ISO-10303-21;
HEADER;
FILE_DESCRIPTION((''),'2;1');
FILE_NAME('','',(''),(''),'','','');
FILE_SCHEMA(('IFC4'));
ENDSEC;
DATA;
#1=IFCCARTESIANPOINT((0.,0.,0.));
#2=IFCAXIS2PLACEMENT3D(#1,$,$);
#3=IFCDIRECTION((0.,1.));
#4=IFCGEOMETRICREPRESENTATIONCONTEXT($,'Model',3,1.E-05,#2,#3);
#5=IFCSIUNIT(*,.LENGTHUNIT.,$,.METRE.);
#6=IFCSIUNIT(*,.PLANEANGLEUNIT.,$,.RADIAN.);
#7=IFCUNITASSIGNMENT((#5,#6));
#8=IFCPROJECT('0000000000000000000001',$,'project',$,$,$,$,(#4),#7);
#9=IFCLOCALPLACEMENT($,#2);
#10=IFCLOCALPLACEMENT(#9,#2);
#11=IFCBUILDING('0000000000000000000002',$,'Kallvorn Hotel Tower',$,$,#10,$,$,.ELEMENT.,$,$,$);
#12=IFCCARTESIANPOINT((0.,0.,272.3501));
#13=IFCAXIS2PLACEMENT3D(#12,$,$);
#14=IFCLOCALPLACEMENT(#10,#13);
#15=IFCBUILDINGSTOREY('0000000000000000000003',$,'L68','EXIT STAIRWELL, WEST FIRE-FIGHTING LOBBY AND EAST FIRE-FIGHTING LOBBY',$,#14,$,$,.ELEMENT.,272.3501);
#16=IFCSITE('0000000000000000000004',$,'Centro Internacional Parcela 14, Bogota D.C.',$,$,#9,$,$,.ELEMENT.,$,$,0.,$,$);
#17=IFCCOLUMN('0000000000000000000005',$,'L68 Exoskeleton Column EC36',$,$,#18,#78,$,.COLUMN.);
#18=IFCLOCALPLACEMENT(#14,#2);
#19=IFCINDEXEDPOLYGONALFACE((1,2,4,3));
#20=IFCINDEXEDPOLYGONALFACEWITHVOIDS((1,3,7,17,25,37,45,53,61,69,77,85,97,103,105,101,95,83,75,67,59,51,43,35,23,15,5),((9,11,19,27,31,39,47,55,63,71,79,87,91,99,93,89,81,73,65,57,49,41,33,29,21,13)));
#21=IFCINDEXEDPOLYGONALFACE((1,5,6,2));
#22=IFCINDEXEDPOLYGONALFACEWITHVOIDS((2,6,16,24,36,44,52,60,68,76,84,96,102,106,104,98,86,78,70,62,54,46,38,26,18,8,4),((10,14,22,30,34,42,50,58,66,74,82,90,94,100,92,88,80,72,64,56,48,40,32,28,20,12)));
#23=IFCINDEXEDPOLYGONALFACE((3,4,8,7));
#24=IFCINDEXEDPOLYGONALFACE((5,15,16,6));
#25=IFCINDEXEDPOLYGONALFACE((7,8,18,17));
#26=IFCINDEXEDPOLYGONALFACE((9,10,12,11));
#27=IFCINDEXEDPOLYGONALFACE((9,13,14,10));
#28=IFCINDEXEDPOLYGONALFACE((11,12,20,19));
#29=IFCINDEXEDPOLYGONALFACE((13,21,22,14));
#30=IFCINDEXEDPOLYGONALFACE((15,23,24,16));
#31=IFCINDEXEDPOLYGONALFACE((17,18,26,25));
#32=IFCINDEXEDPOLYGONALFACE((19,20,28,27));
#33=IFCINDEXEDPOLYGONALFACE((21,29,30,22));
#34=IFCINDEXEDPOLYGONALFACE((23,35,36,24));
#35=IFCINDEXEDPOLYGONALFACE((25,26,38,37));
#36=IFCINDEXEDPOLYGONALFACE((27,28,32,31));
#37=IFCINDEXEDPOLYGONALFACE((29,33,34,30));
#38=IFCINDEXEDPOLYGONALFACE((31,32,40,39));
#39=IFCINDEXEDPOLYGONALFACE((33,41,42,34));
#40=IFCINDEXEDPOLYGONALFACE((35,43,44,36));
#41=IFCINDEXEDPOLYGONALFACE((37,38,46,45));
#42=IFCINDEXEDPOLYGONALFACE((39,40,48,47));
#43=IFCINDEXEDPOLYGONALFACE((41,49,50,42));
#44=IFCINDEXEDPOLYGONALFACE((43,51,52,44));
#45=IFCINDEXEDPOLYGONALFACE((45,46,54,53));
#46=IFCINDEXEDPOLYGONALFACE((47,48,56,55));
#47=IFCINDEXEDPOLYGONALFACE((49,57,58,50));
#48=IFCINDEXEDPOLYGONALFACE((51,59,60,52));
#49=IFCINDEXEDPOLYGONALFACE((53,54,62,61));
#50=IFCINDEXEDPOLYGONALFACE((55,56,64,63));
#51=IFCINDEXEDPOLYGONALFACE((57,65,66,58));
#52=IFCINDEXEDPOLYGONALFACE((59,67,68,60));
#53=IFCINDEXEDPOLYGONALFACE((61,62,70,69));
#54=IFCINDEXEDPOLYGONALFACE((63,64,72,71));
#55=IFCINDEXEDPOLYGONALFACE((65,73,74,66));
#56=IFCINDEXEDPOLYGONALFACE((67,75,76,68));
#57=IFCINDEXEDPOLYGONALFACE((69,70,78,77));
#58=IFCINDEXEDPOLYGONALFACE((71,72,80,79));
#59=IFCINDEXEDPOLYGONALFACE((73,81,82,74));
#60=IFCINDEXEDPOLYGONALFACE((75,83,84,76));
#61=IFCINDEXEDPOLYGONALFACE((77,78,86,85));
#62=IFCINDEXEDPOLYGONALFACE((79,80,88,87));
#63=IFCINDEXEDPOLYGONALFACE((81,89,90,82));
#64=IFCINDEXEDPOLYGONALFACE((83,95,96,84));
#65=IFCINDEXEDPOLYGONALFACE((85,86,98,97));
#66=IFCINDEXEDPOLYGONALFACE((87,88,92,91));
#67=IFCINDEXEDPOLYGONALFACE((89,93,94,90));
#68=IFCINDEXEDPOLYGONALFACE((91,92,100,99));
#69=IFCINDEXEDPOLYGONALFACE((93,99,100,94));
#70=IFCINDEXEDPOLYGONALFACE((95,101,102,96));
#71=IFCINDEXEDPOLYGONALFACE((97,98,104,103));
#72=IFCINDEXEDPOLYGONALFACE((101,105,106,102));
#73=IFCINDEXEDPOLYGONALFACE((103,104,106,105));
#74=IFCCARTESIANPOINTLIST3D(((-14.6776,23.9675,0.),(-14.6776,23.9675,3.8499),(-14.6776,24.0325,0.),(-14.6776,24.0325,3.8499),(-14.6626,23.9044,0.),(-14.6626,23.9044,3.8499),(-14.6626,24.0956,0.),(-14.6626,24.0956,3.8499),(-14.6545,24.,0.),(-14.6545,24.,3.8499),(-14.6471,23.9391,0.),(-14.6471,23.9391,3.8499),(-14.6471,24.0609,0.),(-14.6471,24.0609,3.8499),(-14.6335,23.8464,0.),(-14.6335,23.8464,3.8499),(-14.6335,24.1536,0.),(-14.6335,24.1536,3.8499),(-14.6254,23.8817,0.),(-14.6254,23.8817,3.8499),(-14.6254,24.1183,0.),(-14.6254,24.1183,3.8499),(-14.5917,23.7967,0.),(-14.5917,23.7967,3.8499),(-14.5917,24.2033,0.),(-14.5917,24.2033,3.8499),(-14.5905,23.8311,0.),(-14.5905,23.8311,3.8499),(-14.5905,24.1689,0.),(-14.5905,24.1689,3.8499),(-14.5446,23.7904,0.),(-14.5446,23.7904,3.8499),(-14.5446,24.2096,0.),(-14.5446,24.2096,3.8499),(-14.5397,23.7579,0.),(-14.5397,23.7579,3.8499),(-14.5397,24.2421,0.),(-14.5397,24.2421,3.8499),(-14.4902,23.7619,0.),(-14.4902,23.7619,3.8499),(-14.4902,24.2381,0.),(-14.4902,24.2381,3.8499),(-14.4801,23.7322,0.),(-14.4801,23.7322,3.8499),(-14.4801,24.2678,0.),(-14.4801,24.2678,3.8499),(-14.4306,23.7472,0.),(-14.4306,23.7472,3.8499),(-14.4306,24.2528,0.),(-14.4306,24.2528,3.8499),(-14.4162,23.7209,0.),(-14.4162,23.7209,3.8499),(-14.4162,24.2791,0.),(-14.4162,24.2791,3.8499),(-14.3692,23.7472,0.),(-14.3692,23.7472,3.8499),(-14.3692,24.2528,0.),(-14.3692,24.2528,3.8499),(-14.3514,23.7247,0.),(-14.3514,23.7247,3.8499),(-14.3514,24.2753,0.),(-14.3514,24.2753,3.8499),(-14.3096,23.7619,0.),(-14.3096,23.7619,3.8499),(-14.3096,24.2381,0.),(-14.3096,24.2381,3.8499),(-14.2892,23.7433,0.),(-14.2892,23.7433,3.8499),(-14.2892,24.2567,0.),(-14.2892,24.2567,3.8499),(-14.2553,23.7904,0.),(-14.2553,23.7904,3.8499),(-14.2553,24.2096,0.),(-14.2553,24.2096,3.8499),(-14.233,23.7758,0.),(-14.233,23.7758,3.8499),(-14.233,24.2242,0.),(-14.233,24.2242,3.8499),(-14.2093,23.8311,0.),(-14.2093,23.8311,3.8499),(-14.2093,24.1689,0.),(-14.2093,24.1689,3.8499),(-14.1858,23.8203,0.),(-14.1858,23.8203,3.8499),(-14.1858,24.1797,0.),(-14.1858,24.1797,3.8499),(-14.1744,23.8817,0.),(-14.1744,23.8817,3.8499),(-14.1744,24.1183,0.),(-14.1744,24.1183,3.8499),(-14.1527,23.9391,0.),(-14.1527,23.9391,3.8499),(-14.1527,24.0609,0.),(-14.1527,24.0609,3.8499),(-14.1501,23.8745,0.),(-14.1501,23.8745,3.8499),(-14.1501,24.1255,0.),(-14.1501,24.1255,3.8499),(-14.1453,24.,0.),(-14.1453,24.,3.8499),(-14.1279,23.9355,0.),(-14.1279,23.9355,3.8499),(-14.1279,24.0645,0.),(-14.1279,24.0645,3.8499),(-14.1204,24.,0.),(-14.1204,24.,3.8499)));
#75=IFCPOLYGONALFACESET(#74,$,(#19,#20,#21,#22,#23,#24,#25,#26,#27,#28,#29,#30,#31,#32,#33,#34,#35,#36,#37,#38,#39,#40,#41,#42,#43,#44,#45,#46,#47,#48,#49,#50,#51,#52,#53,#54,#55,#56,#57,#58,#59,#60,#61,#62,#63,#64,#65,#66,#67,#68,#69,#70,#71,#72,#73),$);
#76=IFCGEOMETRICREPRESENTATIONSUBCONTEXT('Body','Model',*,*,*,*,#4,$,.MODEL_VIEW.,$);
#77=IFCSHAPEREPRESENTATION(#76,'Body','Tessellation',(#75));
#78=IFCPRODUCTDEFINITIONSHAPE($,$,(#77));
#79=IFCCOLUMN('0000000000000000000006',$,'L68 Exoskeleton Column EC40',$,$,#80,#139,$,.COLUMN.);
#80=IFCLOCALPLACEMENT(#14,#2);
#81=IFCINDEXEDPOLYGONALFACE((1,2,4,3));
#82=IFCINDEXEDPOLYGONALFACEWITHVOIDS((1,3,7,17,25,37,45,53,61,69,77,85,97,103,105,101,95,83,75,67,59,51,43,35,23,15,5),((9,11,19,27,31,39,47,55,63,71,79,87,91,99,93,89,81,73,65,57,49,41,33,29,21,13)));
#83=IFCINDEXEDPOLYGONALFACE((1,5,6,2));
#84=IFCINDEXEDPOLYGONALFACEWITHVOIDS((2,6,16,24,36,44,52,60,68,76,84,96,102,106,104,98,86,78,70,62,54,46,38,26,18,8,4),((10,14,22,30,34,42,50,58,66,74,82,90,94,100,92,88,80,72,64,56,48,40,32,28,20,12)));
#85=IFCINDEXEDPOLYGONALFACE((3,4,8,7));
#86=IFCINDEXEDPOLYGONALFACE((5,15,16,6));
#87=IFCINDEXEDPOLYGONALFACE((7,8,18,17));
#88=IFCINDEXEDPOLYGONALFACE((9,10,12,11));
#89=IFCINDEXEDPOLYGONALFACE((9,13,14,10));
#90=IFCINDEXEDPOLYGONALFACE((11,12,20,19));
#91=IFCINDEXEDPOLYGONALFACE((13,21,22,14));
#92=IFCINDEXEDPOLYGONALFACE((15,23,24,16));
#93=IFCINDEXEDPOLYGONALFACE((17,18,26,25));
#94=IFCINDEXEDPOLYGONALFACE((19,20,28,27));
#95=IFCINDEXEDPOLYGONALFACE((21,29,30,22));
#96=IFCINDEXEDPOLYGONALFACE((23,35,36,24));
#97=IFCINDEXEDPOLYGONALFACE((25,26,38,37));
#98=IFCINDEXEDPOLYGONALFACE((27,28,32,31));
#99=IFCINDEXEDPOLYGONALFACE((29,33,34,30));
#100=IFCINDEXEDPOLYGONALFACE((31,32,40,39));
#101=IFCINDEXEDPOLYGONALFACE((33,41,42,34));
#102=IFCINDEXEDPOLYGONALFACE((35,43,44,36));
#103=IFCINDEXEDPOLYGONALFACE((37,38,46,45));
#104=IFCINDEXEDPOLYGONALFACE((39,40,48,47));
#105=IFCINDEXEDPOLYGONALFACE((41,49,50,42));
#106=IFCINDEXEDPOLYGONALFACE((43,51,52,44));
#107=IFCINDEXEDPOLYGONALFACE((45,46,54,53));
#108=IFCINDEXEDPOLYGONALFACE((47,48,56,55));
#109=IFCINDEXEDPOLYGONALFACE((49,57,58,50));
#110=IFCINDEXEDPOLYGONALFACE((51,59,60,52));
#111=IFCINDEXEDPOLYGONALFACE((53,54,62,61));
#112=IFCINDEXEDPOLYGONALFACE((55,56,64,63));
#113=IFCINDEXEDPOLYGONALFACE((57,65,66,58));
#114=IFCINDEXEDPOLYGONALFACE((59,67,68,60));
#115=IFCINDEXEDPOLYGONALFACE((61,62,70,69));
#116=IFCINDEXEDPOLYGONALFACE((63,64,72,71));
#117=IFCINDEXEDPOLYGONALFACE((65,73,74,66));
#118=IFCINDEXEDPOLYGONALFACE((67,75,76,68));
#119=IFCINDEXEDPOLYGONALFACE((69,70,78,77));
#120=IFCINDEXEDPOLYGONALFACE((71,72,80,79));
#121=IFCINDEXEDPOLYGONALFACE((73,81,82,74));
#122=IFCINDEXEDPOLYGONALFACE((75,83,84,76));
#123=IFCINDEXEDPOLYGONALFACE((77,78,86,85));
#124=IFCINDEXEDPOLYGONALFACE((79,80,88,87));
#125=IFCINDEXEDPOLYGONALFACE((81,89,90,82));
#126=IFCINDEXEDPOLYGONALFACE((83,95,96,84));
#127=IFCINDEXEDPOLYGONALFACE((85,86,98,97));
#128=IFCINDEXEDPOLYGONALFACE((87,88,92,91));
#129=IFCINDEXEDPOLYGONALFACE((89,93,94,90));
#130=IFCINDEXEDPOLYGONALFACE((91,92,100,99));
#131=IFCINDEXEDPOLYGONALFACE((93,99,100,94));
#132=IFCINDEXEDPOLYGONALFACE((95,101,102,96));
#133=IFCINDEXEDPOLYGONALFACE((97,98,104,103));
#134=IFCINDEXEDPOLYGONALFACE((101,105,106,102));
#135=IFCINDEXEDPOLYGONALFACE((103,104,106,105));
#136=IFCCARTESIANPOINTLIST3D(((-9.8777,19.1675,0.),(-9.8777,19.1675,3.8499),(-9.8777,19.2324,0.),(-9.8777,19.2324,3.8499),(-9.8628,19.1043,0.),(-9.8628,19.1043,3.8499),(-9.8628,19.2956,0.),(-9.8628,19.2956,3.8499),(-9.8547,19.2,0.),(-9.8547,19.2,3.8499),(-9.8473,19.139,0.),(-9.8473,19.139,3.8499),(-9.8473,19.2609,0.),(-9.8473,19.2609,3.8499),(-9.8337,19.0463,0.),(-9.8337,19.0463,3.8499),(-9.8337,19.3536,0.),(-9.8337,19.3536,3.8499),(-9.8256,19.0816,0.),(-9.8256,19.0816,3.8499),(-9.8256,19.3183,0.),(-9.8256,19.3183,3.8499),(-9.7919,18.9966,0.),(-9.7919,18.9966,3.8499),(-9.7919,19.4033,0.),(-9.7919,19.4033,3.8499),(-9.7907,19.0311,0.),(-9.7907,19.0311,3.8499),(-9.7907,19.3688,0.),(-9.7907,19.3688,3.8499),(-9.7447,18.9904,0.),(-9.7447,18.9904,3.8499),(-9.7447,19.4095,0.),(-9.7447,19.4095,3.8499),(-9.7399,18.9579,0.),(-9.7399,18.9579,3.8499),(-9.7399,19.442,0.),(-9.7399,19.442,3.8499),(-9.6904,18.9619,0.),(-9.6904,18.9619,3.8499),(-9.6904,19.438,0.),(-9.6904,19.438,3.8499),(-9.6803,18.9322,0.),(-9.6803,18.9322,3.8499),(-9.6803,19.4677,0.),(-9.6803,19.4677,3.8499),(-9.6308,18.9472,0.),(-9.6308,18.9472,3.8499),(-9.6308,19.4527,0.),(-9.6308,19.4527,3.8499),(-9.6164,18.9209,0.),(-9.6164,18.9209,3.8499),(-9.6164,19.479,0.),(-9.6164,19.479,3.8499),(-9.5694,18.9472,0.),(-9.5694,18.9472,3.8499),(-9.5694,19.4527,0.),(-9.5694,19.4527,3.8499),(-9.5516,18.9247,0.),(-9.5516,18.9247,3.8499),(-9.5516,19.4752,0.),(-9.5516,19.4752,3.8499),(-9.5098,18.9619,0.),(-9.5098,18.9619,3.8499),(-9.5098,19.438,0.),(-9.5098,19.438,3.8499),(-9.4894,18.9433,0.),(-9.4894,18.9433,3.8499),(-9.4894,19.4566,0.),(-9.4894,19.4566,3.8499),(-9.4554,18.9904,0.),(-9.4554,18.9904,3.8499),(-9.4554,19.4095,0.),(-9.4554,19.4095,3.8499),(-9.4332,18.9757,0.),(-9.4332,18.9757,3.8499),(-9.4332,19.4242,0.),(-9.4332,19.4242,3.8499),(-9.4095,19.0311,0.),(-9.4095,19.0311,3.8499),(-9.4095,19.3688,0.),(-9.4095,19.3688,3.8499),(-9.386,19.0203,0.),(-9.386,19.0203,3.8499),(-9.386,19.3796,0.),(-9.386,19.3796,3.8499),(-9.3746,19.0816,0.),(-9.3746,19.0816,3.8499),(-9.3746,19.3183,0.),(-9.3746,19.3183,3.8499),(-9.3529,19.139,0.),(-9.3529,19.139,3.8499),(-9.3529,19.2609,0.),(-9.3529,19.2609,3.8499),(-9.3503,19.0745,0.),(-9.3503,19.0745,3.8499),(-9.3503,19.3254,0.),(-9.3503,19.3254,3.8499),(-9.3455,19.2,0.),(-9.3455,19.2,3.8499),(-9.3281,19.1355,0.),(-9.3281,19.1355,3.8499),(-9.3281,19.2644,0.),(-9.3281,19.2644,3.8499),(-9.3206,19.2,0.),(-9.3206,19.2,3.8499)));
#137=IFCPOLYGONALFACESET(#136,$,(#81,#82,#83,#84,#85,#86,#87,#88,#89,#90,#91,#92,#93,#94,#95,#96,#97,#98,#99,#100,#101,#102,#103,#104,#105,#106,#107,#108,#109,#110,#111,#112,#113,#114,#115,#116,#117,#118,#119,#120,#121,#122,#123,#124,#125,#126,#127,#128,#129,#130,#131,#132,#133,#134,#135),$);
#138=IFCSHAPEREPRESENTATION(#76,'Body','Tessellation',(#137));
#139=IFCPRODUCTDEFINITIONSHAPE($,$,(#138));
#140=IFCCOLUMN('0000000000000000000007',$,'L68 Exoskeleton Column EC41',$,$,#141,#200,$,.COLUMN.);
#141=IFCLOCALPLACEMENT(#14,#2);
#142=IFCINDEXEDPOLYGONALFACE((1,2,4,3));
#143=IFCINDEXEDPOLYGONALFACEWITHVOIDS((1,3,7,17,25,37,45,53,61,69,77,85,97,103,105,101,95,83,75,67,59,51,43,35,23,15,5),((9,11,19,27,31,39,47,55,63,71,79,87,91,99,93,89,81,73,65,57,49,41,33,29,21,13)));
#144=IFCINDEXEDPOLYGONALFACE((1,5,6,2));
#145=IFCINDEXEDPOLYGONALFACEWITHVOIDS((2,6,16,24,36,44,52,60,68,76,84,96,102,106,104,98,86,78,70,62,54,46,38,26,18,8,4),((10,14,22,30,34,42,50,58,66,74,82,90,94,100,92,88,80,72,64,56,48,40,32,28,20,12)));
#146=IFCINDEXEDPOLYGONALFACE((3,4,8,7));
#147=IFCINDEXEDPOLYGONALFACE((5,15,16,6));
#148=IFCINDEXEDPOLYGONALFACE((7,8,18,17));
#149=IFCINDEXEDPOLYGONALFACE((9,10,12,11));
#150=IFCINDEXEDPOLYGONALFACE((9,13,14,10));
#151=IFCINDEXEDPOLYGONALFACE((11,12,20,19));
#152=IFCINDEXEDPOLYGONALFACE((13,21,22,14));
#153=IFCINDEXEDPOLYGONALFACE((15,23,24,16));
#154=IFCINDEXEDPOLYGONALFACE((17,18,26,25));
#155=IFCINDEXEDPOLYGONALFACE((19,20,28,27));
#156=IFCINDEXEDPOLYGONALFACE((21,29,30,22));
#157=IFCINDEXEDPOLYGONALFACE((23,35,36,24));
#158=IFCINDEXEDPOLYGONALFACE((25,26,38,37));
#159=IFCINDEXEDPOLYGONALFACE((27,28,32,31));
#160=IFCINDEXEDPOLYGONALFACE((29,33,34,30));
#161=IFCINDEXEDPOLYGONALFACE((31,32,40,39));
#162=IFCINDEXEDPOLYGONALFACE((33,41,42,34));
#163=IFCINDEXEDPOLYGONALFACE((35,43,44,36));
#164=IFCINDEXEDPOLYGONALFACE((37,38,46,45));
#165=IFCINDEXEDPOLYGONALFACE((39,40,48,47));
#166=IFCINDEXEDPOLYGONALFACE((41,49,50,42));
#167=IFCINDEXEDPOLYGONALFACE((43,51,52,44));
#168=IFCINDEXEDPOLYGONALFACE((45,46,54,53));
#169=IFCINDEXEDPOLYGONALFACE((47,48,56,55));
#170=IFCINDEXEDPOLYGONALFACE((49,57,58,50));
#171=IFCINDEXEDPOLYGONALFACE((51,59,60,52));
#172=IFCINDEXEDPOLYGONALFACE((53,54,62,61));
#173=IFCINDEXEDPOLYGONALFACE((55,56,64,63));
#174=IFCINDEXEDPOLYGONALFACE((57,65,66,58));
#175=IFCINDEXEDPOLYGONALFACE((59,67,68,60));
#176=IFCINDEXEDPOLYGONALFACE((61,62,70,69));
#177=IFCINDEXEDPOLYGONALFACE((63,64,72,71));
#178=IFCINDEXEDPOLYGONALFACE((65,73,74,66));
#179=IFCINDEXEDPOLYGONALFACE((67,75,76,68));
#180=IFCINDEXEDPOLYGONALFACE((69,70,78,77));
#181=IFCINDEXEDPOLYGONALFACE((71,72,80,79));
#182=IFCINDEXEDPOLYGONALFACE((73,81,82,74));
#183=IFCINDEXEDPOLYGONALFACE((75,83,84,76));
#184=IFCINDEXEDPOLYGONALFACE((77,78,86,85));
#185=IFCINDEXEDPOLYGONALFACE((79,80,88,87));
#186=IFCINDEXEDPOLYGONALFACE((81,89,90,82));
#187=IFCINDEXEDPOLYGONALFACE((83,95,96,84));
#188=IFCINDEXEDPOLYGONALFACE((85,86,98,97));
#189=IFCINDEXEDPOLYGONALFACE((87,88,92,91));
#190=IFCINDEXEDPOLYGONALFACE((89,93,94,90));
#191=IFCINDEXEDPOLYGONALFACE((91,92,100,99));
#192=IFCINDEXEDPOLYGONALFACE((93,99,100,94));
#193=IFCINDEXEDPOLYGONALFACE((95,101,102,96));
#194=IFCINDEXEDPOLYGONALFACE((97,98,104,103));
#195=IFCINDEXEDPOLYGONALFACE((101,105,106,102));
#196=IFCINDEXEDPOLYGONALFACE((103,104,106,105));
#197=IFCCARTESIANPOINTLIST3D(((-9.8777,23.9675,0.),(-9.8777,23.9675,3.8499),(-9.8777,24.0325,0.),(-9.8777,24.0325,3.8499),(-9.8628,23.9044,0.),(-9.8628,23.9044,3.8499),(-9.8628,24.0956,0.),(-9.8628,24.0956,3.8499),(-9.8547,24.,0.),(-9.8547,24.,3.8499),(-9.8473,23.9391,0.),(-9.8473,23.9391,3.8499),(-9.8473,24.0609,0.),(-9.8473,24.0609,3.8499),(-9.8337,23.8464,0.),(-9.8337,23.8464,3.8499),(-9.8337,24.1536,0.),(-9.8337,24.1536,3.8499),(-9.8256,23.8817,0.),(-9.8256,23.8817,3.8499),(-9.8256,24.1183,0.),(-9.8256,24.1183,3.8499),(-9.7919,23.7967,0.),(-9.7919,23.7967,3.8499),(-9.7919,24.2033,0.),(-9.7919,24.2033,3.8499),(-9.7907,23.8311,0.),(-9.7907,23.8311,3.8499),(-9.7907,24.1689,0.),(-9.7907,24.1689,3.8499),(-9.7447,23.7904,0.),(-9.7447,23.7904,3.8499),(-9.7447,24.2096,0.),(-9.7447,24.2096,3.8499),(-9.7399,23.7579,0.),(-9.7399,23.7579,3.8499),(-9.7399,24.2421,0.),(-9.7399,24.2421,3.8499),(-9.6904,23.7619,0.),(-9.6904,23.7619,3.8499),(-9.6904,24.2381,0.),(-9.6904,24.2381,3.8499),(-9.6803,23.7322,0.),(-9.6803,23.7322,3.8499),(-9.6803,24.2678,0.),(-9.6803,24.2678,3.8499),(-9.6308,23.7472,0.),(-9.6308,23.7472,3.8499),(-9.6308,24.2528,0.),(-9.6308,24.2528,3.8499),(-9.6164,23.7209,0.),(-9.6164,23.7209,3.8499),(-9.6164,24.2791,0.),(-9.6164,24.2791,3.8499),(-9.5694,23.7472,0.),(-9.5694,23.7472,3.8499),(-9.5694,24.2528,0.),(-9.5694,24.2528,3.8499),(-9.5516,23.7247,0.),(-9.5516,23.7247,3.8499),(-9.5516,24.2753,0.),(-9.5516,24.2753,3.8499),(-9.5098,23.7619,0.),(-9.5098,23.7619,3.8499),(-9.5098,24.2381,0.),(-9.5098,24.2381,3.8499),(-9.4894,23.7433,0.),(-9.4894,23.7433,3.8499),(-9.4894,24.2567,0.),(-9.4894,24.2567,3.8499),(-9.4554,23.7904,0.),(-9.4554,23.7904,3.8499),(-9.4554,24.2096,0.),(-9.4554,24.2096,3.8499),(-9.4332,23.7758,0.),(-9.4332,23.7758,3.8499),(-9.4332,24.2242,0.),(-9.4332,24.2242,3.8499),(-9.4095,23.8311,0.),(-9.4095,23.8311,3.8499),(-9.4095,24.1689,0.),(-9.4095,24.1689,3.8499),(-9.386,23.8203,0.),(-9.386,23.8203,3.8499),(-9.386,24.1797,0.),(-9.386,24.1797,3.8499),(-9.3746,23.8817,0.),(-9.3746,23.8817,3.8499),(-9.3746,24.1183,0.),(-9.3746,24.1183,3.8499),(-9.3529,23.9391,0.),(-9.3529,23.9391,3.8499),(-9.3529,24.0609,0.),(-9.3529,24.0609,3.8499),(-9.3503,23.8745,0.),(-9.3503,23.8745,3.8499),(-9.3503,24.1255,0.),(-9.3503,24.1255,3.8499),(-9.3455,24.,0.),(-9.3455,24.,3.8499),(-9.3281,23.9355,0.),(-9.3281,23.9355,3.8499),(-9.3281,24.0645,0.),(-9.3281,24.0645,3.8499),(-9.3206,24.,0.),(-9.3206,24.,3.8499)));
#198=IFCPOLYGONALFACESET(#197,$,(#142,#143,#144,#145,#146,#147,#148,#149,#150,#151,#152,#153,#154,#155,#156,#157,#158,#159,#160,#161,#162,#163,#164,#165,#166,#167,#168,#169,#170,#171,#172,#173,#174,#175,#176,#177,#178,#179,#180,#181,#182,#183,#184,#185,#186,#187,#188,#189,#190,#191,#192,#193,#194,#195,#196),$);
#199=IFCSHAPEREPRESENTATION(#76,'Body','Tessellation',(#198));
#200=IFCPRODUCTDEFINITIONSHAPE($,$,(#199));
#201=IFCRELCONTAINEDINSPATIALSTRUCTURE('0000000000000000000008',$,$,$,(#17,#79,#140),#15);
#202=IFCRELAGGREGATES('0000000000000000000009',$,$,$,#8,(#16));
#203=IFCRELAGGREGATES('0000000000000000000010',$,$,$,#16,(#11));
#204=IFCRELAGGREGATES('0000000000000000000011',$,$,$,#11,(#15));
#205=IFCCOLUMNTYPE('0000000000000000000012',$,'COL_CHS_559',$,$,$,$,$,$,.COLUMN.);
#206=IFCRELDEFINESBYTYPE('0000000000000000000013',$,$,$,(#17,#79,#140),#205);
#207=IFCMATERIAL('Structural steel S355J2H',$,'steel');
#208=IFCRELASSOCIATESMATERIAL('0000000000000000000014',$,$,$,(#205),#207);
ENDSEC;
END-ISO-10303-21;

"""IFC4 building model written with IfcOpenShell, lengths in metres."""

from ifc_helpers import new_model, si_unit, direction, frame, origin, origin_2d, place, context, subcontext, project, spatial, hollow_circle, extrude, material, material_profile, profile_set, type_object, element, save


model = new_model("IFC4")

# Units and contexts
model_context = context("Model", 3, precision=1e-05, world=origin(), true_north=direction((0.0, 1.0)))
body_context = subcontext(model_context, "Body", "Model", "MODEL_VIEW")
ifc_project = project(units=[si_unit("LENGTHUNIT", "METRE"), si_unit("PLANEANGLEUNIT", "RADIAN")], contexts=[model_context])

# Site, building, storey
site_placement = place(None, origin())
site = spatial("IfcSite", under=ifc_project, at=site_placement, Name="Centro Internacional Parcela 14, Bogota D.C.", CompositionType="ELEMENT", RefElevation=0.0)
building_placement = place(site_placement, origin())
building = spatial("IfcBuilding", under=site, at=building_placement, Name="Kallvorn Hotel Tower", CompositionType="ELEMENT")
storey_placement = place(building_placement, frame((0.0, 0.0, 272.3501)))
storey = spatial("IfcBuildingStorey", under=building, at=storey_placement, Name="L68", Description="EXIT STAIRWELL, WEST FIRE-FIGHTING LOBBY AND EAST FIRE-FIGHTING LOBBY", CompositionType="ELEMENT", Elevation=272.3501)

# Columns
ifc_material_1 = material(Name="Structural steel S355J2H", Category="steel")
ifc_material_profile_1 = material_profile(ifc_material_1, hollow_circle(Radius=0.2795, WallThickness=0.0249, at=origin_2d()), Name="CHS 559x25")
ifc_profile_set_1 = profile_set([ifc_material_profile_1], Name="Structural steel S355J2H")
column_type_1 = type_object("IfcColumnType", Name="COL_CHS_559", PredefinedType="COLUMN", material=ifc_profile_set_1)
for number, where, z_axis, x_axis, name in (
    (1, (-14.3999, 24.0, 0.0), (0.0, 0.0, 1.0), (1.0, 0.0, 0.0), "L68 Exoskeleton Column EC36"),
    (2, (-9.6001, 19.2, 0.0), (0.0, 0.0, 1.0), (1.0, 0.0, 0.0), "L68 Exoskeleton Column EC40"),
    (3, (-9.6001, 24.0, 0.0), (0.0, 0.0, 1.0), (1.0, 0.0, 0.0), "L68 Exoskeleton Column EC41"),
):
    element("IfcColumn", number, at=place(storey_placement, frame(where, z_axis=z_axis, x_axis=x_axis)), inside=storey, type_object=column_type_1, Name=name, PredefinedType="COLUMN", context=body_context, shape_type="SweptSolid", body=[
        extrude(hollow_circle(Radius=0.2795, WallThickness=0.0249, at=origin_2d()), origin(), (0.0, 0.0, 1.0), 3.8499),
    ])

save(model, "model.ifc")
